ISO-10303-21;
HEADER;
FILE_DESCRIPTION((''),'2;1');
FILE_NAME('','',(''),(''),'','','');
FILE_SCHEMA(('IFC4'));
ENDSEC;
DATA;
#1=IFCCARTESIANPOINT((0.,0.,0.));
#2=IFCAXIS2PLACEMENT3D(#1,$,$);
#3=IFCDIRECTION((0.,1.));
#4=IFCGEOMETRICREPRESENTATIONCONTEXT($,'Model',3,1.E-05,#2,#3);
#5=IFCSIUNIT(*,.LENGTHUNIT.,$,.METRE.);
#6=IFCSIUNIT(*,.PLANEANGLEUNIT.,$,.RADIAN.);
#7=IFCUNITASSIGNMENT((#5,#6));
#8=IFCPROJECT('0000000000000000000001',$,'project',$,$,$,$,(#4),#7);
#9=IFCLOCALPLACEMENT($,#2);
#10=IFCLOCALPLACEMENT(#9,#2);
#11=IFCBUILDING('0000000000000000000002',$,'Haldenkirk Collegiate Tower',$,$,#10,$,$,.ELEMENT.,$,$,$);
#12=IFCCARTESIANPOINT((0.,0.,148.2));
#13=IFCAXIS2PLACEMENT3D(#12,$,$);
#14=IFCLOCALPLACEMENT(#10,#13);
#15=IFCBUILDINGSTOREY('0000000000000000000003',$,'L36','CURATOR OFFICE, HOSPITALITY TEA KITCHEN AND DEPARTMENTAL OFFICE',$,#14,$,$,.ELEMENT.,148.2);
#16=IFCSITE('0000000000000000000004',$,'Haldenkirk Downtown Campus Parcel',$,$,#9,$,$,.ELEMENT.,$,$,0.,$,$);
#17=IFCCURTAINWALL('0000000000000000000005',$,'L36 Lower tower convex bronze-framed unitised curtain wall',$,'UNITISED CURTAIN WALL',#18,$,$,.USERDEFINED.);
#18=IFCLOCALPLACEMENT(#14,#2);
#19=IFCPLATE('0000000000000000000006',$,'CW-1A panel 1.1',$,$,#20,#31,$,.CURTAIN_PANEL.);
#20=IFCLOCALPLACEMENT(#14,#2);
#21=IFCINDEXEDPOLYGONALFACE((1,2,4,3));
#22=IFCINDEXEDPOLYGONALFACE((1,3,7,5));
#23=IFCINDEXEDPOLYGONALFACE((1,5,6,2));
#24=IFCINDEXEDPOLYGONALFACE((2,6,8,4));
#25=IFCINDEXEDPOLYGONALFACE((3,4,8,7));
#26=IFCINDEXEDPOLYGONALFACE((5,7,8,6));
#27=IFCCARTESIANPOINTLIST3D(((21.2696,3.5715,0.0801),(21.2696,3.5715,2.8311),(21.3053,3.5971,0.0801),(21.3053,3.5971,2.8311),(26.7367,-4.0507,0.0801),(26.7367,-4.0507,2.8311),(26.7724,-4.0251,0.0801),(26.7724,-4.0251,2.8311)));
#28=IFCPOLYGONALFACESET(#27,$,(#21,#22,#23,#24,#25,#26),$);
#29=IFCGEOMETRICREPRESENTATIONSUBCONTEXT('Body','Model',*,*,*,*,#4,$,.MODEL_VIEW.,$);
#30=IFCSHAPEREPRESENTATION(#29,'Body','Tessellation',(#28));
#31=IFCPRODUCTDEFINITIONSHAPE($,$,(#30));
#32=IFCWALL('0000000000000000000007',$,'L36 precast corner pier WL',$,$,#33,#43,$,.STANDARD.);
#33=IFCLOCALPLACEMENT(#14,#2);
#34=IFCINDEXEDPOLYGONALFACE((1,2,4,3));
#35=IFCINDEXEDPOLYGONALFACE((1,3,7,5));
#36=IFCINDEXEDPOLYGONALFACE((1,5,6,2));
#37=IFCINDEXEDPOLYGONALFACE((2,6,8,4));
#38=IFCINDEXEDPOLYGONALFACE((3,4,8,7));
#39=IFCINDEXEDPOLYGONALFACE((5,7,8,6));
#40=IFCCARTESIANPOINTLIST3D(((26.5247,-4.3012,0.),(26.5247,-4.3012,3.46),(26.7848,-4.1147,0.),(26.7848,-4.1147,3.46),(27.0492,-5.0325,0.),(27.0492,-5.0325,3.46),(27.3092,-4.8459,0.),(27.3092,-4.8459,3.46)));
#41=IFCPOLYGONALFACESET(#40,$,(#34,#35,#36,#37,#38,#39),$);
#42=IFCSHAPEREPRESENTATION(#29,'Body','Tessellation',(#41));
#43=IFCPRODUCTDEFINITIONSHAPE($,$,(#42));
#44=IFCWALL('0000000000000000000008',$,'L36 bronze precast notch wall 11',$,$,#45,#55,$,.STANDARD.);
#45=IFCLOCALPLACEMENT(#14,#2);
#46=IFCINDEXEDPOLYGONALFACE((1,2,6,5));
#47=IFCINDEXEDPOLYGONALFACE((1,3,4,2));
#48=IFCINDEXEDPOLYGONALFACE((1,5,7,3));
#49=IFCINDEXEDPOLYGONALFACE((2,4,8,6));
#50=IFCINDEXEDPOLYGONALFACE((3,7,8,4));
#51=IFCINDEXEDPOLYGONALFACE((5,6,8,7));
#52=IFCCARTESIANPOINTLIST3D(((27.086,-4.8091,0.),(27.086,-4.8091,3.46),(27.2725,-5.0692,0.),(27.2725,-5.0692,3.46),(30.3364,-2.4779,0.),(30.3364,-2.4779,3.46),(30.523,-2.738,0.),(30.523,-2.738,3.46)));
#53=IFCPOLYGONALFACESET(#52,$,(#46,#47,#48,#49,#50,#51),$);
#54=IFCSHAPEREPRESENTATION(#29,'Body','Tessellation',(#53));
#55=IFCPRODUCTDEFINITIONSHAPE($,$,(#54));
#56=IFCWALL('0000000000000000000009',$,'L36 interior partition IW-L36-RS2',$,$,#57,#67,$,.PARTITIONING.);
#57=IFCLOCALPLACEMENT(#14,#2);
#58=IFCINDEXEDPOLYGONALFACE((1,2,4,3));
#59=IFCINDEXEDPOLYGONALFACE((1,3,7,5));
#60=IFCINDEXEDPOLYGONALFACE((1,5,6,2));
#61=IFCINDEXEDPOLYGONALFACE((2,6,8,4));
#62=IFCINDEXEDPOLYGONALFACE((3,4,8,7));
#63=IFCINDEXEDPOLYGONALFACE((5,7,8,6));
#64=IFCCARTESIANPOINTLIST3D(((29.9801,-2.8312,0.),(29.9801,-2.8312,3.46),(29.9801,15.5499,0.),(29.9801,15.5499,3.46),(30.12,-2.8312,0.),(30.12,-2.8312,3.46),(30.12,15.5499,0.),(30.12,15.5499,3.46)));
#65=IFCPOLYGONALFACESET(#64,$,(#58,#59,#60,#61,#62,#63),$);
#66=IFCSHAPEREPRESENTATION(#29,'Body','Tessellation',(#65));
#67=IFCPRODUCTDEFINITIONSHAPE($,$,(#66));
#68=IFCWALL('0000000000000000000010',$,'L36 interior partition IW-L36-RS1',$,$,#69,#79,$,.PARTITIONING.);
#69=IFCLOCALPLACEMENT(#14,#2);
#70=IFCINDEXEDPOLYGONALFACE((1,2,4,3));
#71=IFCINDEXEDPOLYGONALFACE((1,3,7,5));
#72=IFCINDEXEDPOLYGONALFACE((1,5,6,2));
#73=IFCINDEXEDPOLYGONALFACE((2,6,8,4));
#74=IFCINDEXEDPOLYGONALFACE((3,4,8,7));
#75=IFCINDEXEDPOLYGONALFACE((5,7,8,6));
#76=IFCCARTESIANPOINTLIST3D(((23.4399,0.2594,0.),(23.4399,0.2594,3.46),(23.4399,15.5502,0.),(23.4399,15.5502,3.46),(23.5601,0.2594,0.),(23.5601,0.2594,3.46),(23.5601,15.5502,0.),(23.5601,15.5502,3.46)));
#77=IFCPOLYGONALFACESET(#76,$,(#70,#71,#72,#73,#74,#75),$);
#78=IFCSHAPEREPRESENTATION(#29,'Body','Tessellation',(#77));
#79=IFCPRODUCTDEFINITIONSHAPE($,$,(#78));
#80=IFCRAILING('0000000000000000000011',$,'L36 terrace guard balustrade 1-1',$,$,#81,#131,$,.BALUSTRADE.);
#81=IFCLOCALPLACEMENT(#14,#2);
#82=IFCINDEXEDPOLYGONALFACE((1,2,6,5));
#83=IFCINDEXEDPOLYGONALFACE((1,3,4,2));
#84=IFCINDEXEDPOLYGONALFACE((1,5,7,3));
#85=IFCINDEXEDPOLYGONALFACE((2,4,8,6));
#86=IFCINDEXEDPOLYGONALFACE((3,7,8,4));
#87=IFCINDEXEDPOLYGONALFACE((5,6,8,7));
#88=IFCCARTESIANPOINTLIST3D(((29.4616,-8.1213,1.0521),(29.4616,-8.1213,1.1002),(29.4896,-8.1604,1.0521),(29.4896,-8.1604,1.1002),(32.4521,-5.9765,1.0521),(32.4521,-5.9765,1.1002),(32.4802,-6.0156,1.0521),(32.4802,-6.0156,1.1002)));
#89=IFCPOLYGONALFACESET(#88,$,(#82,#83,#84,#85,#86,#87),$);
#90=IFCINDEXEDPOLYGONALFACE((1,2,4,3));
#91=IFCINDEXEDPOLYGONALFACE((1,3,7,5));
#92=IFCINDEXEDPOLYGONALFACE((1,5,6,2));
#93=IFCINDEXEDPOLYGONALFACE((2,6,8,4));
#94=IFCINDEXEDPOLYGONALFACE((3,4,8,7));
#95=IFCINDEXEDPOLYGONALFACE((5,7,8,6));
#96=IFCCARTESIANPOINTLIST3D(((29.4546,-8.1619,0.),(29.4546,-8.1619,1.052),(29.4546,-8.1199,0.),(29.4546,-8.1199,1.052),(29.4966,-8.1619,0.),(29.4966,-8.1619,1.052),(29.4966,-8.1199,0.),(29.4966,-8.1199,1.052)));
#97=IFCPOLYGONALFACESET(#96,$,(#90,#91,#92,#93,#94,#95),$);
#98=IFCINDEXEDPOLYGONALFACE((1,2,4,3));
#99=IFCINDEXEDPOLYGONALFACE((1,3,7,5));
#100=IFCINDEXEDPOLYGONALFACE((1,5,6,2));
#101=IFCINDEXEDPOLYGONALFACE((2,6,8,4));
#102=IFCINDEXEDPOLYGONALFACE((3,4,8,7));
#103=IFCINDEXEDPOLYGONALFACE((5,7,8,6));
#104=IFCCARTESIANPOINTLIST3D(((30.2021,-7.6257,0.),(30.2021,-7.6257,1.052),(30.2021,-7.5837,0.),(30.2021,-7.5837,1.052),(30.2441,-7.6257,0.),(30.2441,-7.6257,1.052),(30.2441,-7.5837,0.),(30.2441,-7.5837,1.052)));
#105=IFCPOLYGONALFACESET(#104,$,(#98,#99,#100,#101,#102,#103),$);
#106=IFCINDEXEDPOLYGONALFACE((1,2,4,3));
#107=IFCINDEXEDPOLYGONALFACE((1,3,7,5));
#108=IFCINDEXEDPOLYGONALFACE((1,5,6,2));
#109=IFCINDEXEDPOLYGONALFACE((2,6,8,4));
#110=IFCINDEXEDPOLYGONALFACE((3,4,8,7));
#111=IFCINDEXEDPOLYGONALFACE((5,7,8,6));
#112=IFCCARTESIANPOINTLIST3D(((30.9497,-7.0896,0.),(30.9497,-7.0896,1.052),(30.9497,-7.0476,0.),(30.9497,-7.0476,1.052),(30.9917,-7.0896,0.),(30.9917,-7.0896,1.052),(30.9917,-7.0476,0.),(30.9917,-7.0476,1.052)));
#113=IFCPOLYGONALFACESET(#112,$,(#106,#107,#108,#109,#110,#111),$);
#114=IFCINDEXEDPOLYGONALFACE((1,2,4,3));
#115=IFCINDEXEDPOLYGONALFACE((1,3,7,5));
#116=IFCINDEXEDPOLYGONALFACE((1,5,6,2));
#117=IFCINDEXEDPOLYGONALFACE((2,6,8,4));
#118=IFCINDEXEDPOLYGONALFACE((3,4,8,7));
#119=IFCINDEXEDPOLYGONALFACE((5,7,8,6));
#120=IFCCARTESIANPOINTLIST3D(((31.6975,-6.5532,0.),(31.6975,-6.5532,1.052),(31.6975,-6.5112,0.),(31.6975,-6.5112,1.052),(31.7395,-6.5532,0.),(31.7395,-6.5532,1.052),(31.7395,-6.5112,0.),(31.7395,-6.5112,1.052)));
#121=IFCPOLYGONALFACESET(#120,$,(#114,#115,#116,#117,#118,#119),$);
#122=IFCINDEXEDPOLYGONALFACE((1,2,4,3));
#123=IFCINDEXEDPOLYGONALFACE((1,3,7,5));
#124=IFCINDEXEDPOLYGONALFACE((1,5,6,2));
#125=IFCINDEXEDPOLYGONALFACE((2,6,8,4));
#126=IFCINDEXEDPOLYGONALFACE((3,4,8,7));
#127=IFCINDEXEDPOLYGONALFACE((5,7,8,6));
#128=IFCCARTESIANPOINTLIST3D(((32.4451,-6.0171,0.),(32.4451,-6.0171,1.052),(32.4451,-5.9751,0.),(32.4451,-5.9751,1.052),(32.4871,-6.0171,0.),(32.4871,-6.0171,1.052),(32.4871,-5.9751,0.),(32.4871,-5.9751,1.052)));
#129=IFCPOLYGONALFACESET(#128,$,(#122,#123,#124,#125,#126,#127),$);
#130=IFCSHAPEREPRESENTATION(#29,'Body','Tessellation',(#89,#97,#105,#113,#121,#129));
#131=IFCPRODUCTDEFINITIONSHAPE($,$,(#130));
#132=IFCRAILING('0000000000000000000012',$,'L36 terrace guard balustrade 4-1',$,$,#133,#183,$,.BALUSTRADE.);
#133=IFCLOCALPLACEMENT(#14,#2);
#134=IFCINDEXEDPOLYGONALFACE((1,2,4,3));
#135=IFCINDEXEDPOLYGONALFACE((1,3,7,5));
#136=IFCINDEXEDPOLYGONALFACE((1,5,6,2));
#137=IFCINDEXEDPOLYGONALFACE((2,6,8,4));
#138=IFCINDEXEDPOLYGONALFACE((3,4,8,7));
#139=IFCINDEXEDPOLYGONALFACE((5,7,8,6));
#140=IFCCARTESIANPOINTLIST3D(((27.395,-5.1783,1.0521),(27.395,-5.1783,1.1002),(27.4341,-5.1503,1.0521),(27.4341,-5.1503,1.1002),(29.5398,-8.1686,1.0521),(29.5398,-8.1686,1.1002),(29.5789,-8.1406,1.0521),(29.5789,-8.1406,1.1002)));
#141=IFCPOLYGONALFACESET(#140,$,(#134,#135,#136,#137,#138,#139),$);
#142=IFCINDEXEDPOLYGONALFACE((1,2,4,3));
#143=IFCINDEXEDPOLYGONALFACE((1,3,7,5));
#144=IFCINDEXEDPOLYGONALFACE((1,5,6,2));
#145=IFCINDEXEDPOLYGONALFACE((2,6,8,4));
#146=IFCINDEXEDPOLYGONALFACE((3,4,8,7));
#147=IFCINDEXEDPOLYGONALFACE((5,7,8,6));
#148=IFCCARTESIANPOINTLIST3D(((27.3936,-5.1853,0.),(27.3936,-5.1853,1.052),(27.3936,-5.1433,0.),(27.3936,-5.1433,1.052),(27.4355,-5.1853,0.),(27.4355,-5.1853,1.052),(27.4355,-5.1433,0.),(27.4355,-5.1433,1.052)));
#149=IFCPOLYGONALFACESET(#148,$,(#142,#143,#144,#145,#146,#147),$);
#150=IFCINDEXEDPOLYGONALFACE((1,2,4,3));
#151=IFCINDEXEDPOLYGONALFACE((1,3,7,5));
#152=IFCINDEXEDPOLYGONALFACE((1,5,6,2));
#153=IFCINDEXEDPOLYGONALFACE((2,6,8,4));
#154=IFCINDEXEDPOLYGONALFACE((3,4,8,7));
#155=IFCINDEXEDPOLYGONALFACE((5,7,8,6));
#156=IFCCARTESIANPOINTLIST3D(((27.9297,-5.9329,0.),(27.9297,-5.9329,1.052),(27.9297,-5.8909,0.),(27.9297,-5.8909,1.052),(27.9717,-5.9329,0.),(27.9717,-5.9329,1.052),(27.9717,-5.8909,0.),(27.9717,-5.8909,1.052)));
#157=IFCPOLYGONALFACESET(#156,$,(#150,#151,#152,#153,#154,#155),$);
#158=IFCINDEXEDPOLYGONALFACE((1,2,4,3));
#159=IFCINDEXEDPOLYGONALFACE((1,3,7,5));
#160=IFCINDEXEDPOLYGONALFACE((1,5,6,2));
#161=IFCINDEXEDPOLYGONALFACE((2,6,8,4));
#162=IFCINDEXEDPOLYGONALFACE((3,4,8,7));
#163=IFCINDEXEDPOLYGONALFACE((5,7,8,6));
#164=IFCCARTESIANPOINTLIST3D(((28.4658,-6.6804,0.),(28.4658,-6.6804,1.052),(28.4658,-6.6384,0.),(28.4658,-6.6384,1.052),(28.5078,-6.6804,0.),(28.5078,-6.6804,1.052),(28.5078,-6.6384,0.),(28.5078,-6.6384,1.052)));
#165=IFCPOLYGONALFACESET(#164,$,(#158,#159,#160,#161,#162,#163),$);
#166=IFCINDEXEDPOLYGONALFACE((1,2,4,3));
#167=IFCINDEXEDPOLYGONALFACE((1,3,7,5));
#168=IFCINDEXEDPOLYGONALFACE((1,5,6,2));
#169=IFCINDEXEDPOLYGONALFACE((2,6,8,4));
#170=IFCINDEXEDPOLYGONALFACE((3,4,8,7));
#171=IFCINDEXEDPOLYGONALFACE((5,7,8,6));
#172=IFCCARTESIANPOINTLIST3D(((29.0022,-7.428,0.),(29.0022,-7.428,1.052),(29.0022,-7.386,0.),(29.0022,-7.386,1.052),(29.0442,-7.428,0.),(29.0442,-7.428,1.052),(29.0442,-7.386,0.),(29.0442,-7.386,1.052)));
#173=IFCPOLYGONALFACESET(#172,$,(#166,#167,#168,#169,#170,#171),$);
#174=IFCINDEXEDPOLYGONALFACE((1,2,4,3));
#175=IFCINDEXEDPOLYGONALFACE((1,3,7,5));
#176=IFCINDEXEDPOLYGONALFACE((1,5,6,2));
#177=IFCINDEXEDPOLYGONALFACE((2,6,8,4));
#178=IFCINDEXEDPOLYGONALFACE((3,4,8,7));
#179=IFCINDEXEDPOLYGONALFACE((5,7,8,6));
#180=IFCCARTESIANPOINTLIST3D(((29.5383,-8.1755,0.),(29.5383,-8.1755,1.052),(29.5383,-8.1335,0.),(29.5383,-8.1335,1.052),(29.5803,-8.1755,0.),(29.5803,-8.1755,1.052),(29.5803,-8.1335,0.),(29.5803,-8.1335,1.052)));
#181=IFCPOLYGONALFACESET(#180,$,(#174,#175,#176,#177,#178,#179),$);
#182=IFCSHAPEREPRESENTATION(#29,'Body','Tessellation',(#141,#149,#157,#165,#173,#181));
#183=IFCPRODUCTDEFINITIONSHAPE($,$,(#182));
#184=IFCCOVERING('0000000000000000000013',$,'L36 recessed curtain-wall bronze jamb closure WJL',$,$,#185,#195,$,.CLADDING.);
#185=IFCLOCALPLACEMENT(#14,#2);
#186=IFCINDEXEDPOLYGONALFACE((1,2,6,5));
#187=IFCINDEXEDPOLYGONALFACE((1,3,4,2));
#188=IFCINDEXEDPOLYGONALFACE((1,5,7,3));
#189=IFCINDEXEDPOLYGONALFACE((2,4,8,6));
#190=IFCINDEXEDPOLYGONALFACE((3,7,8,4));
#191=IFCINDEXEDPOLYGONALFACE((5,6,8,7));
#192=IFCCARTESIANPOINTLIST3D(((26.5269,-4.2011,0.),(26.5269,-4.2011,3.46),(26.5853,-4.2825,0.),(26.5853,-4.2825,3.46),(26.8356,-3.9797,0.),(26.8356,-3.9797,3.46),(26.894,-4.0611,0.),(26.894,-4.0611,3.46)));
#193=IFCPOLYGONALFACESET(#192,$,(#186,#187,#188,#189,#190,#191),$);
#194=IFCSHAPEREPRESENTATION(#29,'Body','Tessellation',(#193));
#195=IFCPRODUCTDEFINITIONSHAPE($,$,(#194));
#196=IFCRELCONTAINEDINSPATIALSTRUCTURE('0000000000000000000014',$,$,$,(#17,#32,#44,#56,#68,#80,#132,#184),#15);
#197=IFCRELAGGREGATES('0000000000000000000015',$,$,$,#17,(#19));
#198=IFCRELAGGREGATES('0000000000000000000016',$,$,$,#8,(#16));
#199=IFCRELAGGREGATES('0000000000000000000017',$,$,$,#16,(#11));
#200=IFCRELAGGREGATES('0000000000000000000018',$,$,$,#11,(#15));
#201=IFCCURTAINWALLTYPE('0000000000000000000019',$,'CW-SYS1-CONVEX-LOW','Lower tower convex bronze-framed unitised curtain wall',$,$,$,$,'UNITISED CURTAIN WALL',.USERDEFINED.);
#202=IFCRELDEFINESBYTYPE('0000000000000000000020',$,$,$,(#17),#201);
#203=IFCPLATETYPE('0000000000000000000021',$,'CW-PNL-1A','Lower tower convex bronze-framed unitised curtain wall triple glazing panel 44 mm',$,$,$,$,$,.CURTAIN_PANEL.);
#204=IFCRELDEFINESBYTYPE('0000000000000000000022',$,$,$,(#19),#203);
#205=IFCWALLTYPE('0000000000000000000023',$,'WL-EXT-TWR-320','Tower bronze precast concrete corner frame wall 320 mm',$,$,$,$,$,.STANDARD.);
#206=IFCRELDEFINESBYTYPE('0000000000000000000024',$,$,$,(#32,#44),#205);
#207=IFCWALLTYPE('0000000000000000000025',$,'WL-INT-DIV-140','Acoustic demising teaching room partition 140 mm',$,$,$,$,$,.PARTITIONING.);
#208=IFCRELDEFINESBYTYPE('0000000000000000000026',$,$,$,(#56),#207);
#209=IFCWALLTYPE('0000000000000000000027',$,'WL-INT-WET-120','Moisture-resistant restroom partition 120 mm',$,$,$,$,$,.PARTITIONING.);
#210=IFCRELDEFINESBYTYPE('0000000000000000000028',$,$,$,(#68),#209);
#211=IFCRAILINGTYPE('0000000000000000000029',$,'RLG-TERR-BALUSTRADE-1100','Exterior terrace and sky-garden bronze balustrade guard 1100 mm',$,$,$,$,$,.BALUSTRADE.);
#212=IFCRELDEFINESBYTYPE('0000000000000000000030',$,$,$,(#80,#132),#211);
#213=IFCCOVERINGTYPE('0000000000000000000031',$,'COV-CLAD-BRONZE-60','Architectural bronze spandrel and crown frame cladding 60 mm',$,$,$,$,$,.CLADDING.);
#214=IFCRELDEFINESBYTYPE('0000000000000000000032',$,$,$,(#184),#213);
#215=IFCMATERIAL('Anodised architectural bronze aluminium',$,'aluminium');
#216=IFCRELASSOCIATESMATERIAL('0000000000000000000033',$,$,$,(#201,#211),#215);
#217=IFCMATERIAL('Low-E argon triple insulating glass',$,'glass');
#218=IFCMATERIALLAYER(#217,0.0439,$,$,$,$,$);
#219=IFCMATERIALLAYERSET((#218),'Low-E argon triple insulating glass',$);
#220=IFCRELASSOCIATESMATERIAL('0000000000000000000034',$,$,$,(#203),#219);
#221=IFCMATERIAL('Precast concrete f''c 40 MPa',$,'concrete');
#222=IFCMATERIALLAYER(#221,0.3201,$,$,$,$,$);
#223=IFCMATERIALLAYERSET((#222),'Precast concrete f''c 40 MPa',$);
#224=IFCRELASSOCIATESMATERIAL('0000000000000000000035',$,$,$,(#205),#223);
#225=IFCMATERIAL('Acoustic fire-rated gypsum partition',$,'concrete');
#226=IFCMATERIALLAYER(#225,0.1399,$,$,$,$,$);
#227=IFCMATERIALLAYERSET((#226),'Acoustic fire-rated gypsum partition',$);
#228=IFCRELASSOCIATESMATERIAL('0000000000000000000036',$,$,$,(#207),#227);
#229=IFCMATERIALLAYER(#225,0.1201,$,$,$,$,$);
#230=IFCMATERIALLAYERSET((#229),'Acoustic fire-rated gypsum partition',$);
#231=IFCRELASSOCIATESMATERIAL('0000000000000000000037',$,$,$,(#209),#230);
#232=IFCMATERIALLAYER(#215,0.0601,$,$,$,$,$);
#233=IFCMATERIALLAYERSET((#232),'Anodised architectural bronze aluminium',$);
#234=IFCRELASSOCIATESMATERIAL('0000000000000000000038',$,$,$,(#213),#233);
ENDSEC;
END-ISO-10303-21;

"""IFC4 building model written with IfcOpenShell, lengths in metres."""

from ifc_helpers import new_model, si_unit, direction, frame, frame_2d, origin, origin_2d, place, context, subcontext, project, spatial, rectangle, extrude, source, transform, mapped, material, layer, layer_set, type_object, element, aggregate, save


model = new_model("IFC4")

# Units and contexts
model_context = context("Model", 3, precision=1e-05, world=origin(), true_north=direction((0.0, 1.0)))
body_context = subcontext(model_context, "Body", "Model", "MODEL_VIEW")
ifc_project = project(units=[si_unit("LENGTHUNIT", "METRE"), si_unit("PLANEANGLEUNIT", "RADIAN")], contexts=[model_context])

# Site, building, storey
site_placement = place(None, origin())
site = spatial("IfcSite", under=ifc_project, at=site_placement, Name="Haldenkirk Downtown Campus Parcel", CompositionType="ELEMENT", RefElevation=0.0)
building_placement = place(site_placement, origin())
building = spatial("IfcBuilding", under=site, at=building_placement, Name="Haldenkirk Collegiate Tower", CompositionType="ELEMENT")
storey_placement = place(building_placement, frame((0.0, 0.0, 148.2)))
storey = spatial("IfcBuildingStorey", under=building, at=storey_placement, Name="L36", Description="CURATOR OFFICE, HOSPITALITY TEA KITCHEN AND DEPARTMENTAL OFFICE", CompositionType="ELEMENT", Elevation=148.2)

# Curtain wall, plate
ifc_material_1 = material(Name="Anodised architectural bronze aluminium", Category="aluminium")
curtain_wall_type = type_object("IfcCurtainWallType", Name="CW-SYS1-CONVEX-LOW", Description="Lower tower convex bronze-framed unitised curtain wall", ElementType="UNITISED CURTAIN WALL", PredefinedType="USERDEFINED", material=ifc_material_1)
curtain_wall_placement = place(storey_placement, origin())
curtain_wall = element("IfcCurtainWall", 1, at=curtain_wall_placement, inside=storey, type_object=curtain_wall_type, Name="L36 Lower tower convex bronze-framed unitised curtain wall", ObjectType="UNITISED CURTAIN WALL", PredefinedType="USERDEFINED")
ifc_material_2 = material(Name="Low-E argon triple insulating glass", Category="glass")
ifc_layer_1 = layer(ifc_material_2, 0.0439)
ifc_layer_set_1 = layer_set([ifc_layer_1], Name="Low-E argon triple insulating glass")
plate_type = type_object("IfcPlateType", Name="CW-PNL-1A", Description="Lower tower convex bronze-framed unitised curtain wall triple glazing panel 44 mm", PredefinedType="CURTAIN_PANEL", material=ifc_layer_set_1)
shared_shape_1 = source(origin(), body_context, "Body", "SweptSolid", [
    extrude(rectangle(XDim=9.3801, YDim=0.0439, at=origin_2d()), origin(), (0.0, 0.0, 1.0), 2.751),
])
plate_placement = place(storey_placement, frame((24.021, -0.2268, 0.0801), z_axis=(0.0, 0.0, 1.0), x_axis=(-0.582832, 0.812592, 0.0)))
plate = element("IfcPlate", 2, at=plate_placement, type_object=plate_type, Name="CW-1A panel 1.1", PredefinedType="CURTAIN_PANEL", context=body_context, shape_type="MappedRepresentation", body=[
    mapped(shared_shape_1, transform((0.0, 0.0, 0.0), x_axis=(1.0, 0.0, 0.0), y_axis=(0.0, 1.0, 0.0), z_axis=(0.0, 0.0, 1.0), scale=1.0)),
])
aggregate(curtain_wall, [plate])

# Walls
ifc_material_3 = material(Name="Precast concrete f'c 40 MPa", Category="concrete")
ifc_layer_2 = layer(ifc_material_3, 0.3201)
ifc_layer_set_2 = layer_set([ifc_layer_2], Name="Precast concrete f'c 40 MPa")
wall_type_1 = type_object("IfcWallType", Name="WL-EXT-TWR-320", Description="Tower bronze precast concrete corner frame wall 320 mm", PredefinedType="STANDARD", material=ifc_layer_set_2)
wall_1_placement = place(storey_placement, frame((27.1792, -4.9392, 0.0), z_axis=(0.0, 0.0, 1.0), x_axis=(-0.582803, 0.812614, 0.0)))
element("IfcWall", 3, at=wall_1_placement, inside=storey, type_object=wall_type_1, Name="L36 precast corner pier WL", PredefinedType="STANDARD", context=body_context, shape_type="SweptSolid", body=[
    extrude(rectangle(XDim=0.8999, YDim=0.3201, at=frame_2d((0.45, 0.0))), origin(), (0.0, 0.0, 1.0), 3.46),
])
wall_2_placement = place(storey_placement, frame((30.4297, -2.6079, 0.0), z_axis=(0.0, 0.0, 1.0), x_axis=(-0.812606, -0.582813, 0.0)))
element("IfcWall", 4, at=wall_2_placement, inside=storey, type_object=wall_type_1, Name="L36 bronze precast notch wall 11", PredefinedType="STANDARD", context=body_context, shape_type="SweptSolid", body=[
    extrude(rectangle(XDim=4.0, YDim=0.3201, at=frame_2d((2.0, 0.0))), origin(), (0.0, 0.0, 1.0), 3.46),
])
ifc_material_4 = material(Name="Acoustic fire-rated gypsum partition", Category="concrete")
ifc_layer_3 = layer(ifc_material_4, 0.1399)
ifc_layer_set_3 = layer_set([ifc_layer_3], Name="Acoustic fire-rated gypsum partition")
wall_type_2 = type_object("IfcWallType", Name="WL-INT-DIV-140", Description="Acoustic demising teaching room partition 140 mm", PredefinedType="PARTITIONING", material=ifc_layer_set_3)
wall_3_placement = place(storey_placement, frame((30.05, -2.8311, 0.0), z_axis=(0.0, 0.0, 1.0), x_axis=(0.0, 1.0, 0.0)))
element("IfcWall", 5, at=wall_3_placement, inside=storey, type_object=wall_type_2, Name="L36 interior partition IW-L36-RS2", PredefinedType="PARTITIONING", context=body_context, shape_type="SweptSolid", body=[
    extrude(rectangle(XDim=18.3811, YDim=0.1399, at=frame_2d((9.1904, 0.0))), origin(), (0.0, 0.0, 1.0), 3.46),
])
ifc_layer_4 = layer(ifc_material_4, 0.1201)
ifc_layer_set_4 = layer_set([ifc_layer_4], Name="Acoustic fire-rated gypsum partition")
wall_type_3 = type_object("IfcWallType", Name="WL-INT-WET-120", Description="Moisture-resistant restroom partition 120 mm", PredefinedType="PARTITIONING", material=ifc_layer_set_4)
wall_4_placement = place(storey_placement, frame((23.5, 0.2593, 0.0), z_axis=(0.0, 0.0, 1.0), x_axis=(0.0, 1.0, 0.0)))
element("IfcWall", 6, at=wall_4_placement, inside=storey, type_object=wall_type_3, Name="L36 interior partition IW-L36-RS1", PredefinedType="PARTITIONING", context=body_context, shape_type="SweptSolid", body=[
    extrude(rectangle(XDim=15.2908, YDim=0.1201, at=frame_2d((7.6455, 0.0))), origin(), (0.0, 0.0, 1.0), 3.46),
])

# Railings
railing_type = type_object("IfcRailingType", Name="RLG-TERR-BALUSTRADE-1100", Description="Exterior terrace and sky-garden bronze balustrade guard 1100 mm", PredefinedType="BALUSTRADE", material=ifc_material_1)
railing_1_placement = place(storey_placement, frame((29.4756, -8.1409, 0.0)))
element("IfcRailing", 7, at=railing_1_placement, inside=storey, type_object=railing_type, Name="L36 terrace guard balustrade 1-1", PredefinedType="BALUSTRADE", context=body_context, shape_type="SweptSolid", body=[
    extrude(rectangle(XDim=0.0481, YDim=0.0481, at=origin_2d()), frame((0.0, 0.0, 1.0762), z_axis=(0.812611, 0.582806, 0.0), x_axis=(-0.582806, 0.812611, 0.0)), (0.0, 0.0, 1.0), 3.6802),
    extrude(rectangle(XDim=0.042, YDim=0.042, at=origin_2d()), origin(), (0.0, 0.0, 1.0), 1.052),
    extrude(rectangle(XDim=0.042, YDim=0.042, at=origin_2d()), frame((0.7476, 0.5361, 0.0)), (0.0, 0.0, 1.0), 1.052),
    extrude(rectangle(XDim=0.042, YDim=0.042, at=origin_2d()), frame((1.4951, 1.0723, 0.0)), (0.0, 0.0, 1.0), 1.052),
    extrude(rectangle(XDim=0.042, YDim=0.042, at=origin_2d()), frame((2.2429, 1.6086, 0.0)), (0.0, 0.0, 1.0), 1.052),
    extrude(rectangle(XDim=0.042, YDim=0.042, at=origin_2d()), frame((2.9905, 2.1448, 0.0)), (0.0, 0.0, 1.0), 1.052),
])
railing_2_placement = place(storey_placement, frame((27.4146, -5.1643, 0.0)))
element("IfcRailing", 8, at=railing_2_placement, inside=storey, type_object=railing_type, Name="L36 terrace guard balustrade 4-1", PredefinedType="BALUSTRADE", context=body_context, shape_type="SweptSolid", body=[
    extrude(rectangle(XDim=0.0481, YDim=0.0481, at=origin_2d()), frame((0.0, 0.0, 1.0762), z_axis=(0.582837, -0.812589, 0.0), x_axis=(0.812589, 0.582837, 0.0)), (0.0, 0.0, 1.0), 3.6799),
    extrude(rectangle(XDim=0.042, YDim=0.042, at=origin_2d()), origin(), (0.0, 0.0, 1.0), 1.052),
    extrude(rectangle(XDim=0.042, YDim=0.042, at=origin_2d()), frame((0.5361, -0.7476, 0.0)), (0.0, 0.0, 1.0), 1.052),
    extrude(rectangle(XDim=0.042, YDim=0.042, at=origin_2d()), frame((1.0723, -1.4951, 0.0)), (0.0, 0.0, 1.0), 1.052),
    extrude(rectangle(XDim=0.042, YDim=0.042, at=origin_2d()), frame((1.6086, -2.2427, 0.0)), (0.0, 0.0, 1.0), 1.052),
    extrude(rectangle(XDim=0.042, YDim=0.042, at=origin_2d()), frame((2.1448, -2.9902, 0.0)), (0.0, 0.0, 1.0), 1.052),
])

# Covering
ifc_layer_5 = layer(ifc_material_1, 0.0601)
ifc_layer_set_5 = layer_set([ifc_layer_5], Name="Anodised architectural bronze aluminium")
covering_type = type_object("IfcCoveringType", Name="COV-CLAD-BRONZE-60", Description="Architectural bronze spandrel and crown frame cladding 60 mm", PredefinedType="CLADDING", material=ifc_layer_set_5)
shared_shape_2 = source(origin(), body_context, "Body", "SweptSolid", [
    extrude(rectangle(XDim=0.1001, YDim=0.3799, at=origin_2d()), origin(), (0.0, 0.0, 1.0), 3.46),
])
covering_placement = place(storey_placement, frame((26.7104, -4.1311, 0.0), z_axis=(0.0, 0.0, 1.0), x_axis=(-0.582832, 0.812592, 0.0)))
element("IfcCovering", 9, at=covering_placement, inside=storey, type_object=covering_type, Name="L36 recessed curtain-wall bronze jamb closure WJL", PredefinedType="CLADDING", context=body_context, shape_type="MappedRepresentation", body=[
    mapped(shared_shape_2, transform((0.0, 0.0, 0.0), x_axis=(1.0, 0.0, 0.0), y_axis=(0.0, 1.0, 0.0), z_axis=(0.0, 0.0, 1.0), scale=1.0)),
])

save(model, "model.ifc")
